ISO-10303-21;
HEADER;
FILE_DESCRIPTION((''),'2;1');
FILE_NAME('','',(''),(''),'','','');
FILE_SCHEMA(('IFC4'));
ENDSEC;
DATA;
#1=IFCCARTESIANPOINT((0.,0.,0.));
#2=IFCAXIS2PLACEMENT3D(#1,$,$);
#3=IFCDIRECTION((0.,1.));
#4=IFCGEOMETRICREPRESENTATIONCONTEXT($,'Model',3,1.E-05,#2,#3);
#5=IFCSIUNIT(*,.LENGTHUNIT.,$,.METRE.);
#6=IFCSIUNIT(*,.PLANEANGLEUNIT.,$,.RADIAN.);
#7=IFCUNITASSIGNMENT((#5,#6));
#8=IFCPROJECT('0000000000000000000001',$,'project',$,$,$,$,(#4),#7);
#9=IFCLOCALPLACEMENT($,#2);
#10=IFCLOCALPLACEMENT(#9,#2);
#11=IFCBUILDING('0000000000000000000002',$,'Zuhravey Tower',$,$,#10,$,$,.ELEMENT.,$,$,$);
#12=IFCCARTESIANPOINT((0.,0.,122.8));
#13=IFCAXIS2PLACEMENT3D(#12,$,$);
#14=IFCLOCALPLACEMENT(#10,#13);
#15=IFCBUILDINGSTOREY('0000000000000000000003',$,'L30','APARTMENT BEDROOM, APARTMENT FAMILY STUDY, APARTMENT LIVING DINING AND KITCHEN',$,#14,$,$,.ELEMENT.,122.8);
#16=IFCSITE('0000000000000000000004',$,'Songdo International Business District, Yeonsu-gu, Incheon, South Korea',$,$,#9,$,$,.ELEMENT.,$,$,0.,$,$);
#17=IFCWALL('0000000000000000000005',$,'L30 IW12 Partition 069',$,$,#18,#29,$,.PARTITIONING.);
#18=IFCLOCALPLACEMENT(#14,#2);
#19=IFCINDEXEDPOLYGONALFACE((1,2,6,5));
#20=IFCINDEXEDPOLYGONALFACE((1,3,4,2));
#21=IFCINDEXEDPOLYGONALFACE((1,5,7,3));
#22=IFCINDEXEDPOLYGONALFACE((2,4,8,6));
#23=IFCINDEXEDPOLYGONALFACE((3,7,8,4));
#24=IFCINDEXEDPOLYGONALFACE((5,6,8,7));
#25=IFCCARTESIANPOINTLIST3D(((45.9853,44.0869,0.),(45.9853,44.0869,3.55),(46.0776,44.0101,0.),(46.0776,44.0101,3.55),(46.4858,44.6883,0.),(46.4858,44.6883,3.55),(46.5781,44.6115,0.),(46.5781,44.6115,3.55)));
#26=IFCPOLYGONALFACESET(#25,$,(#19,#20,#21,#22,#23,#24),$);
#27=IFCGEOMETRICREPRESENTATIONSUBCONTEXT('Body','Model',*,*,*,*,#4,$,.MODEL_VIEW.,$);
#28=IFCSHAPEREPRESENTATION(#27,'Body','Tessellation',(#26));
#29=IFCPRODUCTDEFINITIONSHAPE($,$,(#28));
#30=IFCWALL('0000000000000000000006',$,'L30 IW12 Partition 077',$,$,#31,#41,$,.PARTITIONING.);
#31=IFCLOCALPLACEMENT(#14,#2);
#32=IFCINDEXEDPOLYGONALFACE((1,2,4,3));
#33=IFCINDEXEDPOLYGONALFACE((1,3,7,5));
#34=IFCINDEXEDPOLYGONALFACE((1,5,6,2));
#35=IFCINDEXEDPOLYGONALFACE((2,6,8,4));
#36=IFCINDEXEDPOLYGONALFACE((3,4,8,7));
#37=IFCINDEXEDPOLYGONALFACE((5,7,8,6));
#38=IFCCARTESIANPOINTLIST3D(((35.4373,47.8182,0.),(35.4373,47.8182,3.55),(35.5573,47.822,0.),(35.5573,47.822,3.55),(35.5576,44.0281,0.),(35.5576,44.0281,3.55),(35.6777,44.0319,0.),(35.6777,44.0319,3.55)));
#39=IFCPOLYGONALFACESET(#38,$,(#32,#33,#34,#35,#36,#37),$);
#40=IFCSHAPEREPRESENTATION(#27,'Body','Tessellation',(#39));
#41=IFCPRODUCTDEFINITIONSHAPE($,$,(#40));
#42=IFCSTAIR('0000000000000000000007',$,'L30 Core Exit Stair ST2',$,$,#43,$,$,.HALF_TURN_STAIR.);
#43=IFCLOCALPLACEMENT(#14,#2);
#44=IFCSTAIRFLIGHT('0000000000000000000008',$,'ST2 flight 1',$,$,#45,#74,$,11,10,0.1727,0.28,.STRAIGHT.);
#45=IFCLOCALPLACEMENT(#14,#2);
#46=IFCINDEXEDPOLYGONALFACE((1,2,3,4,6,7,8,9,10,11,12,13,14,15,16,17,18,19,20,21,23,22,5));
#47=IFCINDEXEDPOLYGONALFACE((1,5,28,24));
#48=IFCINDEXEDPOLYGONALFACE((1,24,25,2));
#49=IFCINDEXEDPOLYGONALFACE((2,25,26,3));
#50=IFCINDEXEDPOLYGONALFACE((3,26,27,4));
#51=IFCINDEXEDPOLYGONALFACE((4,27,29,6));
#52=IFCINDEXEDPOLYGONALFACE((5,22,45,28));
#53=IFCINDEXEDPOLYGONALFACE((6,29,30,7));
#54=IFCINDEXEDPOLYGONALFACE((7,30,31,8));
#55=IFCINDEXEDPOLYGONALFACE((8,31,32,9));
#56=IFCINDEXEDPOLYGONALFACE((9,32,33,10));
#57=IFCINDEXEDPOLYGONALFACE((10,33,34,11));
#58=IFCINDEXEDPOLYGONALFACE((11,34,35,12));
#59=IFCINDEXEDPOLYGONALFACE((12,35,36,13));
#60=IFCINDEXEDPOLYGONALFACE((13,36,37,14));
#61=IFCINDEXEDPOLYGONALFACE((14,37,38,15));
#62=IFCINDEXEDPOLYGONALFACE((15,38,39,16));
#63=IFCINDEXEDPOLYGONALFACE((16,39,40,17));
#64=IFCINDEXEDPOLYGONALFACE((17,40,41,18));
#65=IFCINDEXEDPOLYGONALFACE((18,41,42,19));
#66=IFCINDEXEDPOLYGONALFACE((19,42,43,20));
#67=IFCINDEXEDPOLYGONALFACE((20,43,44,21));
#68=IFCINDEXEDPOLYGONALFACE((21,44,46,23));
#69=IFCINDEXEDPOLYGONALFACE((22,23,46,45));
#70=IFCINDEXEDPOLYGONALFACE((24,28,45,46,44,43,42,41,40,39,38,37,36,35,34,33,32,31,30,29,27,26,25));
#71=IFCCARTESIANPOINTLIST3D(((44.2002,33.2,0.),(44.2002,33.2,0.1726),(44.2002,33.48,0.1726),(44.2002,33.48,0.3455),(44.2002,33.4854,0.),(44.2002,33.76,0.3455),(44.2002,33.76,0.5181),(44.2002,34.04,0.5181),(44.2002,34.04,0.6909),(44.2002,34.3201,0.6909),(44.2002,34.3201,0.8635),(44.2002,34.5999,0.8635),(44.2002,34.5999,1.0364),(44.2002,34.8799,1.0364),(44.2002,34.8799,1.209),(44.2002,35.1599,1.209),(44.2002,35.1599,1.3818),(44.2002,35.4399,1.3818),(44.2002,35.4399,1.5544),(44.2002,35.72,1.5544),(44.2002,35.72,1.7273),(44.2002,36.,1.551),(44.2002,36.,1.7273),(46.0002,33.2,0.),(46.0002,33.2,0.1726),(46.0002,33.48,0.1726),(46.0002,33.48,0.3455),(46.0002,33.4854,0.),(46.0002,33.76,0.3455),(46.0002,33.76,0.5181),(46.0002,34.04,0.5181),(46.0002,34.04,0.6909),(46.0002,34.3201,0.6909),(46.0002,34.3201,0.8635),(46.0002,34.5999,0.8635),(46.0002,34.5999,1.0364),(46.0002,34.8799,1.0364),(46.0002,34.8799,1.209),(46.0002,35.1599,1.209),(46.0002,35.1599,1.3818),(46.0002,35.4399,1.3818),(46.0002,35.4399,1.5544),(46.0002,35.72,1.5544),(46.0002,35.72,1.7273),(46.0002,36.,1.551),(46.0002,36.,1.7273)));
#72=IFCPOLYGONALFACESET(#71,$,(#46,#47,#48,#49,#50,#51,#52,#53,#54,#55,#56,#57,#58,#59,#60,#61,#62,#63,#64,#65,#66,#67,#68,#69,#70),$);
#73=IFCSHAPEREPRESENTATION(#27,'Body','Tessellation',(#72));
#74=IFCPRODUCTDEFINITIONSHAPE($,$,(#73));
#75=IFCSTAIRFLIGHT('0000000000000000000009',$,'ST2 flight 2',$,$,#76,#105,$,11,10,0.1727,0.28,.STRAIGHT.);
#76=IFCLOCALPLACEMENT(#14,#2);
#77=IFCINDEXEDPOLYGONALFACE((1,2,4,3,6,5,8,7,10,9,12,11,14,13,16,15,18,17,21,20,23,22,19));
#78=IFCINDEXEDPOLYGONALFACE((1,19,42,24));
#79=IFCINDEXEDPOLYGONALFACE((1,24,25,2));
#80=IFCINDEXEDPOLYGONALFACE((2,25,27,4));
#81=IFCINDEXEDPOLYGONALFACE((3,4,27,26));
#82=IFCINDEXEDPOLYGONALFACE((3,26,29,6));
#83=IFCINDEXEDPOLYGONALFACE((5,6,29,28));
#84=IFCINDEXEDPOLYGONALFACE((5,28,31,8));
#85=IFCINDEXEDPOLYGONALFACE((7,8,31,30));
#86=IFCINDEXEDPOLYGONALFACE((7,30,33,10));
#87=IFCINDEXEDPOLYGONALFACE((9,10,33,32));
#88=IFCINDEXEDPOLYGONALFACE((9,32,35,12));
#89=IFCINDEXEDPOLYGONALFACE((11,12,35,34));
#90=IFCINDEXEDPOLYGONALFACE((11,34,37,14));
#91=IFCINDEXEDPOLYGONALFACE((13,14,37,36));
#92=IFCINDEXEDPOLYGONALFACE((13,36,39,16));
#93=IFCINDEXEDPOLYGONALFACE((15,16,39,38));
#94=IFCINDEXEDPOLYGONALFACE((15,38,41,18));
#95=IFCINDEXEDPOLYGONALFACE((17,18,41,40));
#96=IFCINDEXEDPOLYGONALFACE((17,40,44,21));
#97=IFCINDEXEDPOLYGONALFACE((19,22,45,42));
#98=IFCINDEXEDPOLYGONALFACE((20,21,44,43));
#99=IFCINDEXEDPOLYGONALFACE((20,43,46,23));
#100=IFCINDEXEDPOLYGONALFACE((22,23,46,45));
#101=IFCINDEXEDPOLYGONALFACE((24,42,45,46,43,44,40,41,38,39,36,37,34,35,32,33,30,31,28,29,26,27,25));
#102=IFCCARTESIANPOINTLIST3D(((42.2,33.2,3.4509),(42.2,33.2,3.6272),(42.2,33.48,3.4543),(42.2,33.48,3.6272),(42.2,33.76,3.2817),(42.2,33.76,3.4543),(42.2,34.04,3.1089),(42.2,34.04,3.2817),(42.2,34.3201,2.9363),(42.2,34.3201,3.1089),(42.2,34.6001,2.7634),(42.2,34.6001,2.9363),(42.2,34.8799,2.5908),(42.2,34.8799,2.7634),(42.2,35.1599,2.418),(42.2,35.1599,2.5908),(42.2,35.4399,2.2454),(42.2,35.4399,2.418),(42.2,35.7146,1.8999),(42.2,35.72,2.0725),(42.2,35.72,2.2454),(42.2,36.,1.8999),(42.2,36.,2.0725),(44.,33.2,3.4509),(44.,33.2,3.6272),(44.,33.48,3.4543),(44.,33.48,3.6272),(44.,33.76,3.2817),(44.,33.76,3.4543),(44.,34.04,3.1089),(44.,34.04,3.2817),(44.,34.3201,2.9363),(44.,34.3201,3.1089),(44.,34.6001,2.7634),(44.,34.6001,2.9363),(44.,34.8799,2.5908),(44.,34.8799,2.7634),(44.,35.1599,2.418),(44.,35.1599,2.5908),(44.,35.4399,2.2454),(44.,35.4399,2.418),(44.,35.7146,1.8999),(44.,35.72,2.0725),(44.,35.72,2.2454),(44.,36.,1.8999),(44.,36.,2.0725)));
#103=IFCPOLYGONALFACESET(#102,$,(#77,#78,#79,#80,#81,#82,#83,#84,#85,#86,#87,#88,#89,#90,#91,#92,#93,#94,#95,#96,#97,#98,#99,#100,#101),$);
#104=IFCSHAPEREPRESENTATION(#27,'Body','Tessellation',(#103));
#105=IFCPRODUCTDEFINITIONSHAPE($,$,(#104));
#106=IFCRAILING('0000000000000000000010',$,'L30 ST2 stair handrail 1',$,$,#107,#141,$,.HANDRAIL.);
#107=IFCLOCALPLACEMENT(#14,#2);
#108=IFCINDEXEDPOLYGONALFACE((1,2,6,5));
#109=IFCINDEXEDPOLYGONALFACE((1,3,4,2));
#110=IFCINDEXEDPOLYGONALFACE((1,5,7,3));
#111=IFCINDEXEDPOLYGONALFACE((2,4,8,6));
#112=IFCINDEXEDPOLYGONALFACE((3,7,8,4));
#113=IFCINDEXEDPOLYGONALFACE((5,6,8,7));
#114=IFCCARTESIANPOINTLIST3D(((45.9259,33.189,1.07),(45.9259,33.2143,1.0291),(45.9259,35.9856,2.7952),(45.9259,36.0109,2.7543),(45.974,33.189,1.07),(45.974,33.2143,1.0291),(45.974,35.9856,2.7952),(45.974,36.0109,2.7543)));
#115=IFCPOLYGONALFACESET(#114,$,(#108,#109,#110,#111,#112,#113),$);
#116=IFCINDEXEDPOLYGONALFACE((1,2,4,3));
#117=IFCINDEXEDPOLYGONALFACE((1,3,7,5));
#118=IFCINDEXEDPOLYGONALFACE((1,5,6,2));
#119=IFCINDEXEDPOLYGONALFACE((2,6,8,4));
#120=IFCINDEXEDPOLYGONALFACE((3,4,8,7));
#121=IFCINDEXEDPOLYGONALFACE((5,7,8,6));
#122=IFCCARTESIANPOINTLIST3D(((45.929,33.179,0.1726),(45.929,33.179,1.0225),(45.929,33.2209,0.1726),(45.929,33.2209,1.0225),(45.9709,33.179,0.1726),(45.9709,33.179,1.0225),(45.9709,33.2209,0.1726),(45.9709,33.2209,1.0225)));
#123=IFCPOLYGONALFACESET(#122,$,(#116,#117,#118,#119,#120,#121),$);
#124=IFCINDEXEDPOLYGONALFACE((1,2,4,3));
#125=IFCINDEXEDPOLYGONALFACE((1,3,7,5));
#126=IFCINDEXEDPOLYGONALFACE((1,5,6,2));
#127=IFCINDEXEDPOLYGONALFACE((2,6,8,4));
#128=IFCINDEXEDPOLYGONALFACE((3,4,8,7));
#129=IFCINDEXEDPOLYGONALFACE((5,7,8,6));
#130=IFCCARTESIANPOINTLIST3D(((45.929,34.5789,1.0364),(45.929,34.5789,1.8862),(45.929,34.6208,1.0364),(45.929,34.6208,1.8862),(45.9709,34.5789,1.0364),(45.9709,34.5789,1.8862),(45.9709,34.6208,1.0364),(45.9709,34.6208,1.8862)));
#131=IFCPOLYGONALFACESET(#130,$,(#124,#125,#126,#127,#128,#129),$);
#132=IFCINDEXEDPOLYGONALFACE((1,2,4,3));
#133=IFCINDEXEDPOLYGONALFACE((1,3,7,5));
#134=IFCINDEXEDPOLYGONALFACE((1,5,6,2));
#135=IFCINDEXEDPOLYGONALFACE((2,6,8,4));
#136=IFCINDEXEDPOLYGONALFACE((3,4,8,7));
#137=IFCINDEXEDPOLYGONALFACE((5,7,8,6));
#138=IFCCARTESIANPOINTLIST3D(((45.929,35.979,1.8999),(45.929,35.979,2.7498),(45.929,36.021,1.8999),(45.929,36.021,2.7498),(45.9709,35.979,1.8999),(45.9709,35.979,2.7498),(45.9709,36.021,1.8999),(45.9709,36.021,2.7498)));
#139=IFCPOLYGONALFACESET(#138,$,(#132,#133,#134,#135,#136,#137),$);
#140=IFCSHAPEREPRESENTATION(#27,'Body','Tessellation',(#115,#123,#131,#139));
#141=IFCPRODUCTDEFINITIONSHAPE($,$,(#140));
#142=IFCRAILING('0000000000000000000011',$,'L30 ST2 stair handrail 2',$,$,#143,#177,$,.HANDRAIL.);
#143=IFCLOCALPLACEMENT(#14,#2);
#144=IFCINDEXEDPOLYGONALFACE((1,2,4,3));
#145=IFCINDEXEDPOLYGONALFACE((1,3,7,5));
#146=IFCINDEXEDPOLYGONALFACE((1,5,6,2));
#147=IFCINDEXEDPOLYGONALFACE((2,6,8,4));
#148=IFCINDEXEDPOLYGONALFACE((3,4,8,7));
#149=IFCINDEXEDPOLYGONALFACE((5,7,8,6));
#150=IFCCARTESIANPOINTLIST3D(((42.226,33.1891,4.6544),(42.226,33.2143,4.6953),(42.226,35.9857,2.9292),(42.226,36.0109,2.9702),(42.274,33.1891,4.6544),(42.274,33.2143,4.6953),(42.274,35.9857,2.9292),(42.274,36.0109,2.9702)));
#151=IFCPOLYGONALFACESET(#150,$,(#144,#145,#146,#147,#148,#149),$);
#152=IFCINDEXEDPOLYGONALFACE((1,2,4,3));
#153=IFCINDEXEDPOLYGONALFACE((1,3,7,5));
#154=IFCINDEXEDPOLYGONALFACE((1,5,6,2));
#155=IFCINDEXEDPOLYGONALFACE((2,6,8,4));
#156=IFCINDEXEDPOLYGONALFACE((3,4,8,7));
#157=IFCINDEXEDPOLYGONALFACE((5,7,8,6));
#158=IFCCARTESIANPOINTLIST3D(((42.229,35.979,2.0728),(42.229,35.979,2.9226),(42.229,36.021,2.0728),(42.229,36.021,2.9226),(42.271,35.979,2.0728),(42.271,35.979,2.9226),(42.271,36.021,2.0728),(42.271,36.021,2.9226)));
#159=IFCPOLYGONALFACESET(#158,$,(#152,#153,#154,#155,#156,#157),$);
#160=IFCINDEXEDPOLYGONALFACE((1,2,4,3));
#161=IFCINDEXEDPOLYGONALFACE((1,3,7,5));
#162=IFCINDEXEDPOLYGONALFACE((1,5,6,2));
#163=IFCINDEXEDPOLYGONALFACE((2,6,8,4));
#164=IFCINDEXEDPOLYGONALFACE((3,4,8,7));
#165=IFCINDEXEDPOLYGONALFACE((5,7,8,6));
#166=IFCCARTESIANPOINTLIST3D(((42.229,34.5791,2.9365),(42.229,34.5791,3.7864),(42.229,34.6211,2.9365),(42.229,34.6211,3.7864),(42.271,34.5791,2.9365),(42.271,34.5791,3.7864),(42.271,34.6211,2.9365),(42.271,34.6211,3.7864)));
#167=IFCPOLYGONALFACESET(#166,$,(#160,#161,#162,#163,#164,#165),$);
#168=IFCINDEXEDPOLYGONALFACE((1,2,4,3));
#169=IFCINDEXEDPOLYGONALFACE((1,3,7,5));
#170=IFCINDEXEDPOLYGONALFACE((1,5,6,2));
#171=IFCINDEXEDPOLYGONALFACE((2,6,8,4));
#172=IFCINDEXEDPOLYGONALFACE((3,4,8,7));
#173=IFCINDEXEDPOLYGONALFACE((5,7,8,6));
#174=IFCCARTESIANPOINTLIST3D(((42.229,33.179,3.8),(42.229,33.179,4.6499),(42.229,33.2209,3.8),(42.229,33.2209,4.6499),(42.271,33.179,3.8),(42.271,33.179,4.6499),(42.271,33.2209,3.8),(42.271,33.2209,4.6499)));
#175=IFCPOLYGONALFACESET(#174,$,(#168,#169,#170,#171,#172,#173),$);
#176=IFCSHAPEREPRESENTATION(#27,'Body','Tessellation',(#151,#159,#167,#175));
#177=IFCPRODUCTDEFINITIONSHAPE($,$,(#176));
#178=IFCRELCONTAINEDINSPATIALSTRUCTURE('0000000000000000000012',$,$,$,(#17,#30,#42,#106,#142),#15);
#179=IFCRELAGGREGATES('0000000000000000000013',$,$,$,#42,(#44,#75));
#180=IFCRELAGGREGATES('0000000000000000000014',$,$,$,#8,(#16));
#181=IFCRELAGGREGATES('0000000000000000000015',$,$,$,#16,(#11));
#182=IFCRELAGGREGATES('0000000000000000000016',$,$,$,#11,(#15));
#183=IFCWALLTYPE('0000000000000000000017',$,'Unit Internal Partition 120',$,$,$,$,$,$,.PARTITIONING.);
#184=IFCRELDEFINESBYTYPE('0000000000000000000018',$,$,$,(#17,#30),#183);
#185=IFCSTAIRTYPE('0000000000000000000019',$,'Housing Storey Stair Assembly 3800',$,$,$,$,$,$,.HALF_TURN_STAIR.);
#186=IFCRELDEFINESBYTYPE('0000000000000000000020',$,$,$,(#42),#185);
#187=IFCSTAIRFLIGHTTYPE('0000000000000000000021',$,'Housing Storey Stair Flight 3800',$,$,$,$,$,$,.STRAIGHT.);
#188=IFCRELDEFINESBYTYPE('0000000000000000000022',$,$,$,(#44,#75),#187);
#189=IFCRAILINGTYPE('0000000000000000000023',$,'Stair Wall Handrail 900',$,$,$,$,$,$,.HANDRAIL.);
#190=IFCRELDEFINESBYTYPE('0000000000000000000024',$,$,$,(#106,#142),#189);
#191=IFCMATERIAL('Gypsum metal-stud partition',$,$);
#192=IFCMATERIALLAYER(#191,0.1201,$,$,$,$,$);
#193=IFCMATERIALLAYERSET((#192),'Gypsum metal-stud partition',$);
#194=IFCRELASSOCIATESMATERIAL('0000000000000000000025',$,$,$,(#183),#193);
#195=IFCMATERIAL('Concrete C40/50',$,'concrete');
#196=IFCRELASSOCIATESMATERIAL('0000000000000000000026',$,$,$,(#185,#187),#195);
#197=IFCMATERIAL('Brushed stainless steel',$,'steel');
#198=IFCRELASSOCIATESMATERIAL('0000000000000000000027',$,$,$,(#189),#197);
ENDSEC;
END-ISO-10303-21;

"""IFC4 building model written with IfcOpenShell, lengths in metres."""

from ifc_helpers import new_model, si_unit, direction, frame, frame_2d, origin, origin_2d, place, context, subcontext, project, spatial, polyline, rectangle, outline, extrude, material, layer, layer_set, type_object, element, aggregate, save


model = new_model("IFC4")

# Units and contexts
model_context = context("Model", 3, precision=1e-05, world=origin(), true_north=direction((0.0, 1.0)))
body_context = subcontext(model_context, "Body", "Model", "MODEL_VIEW")
ifc_project = project(units=[si_unit("LENGTHUNIT", "METRE"), si_unit("PLANEANGLEUNIT", "RADIAN")], contexts=[model_context])

# Site, building, storey
site_placement = place(None, origin())
site = spatial("IfcSite", under=ifc_project, at=site_placement, Name="Songdo International Business District, Yeonsu-gu, Incheon, South Korea", CompositionType="ELEMENT", RefElevation=0.0)
building_placement = place(site_placement, origin())
building = spatial("IfcBuilding", under=site, at=building_placement, Name="Zuhravey Tower", CompositionType="ELEMENT")
storey_placement = place(building_placement, frame((0.0, 0.0, 122.8)))
storey = spatial("IfcBuildingStorey", under=building, at=storey_placement, Name="L30", Description="APARTMENT BEDROOM, APARTMENT FAMILY STUDY, APARTMENT LIVING DINING AND KITCHEN", CompositionType="ELEMENT", Elevation=122.8)

# Walls
ifc_material_1 = material(Name="Gypsum metal-stud partition")
ifc_layer_1 = layer(ifc_material_1, 0.1201)
ifc_layer_set_1 = layer_set([ifc_layer_1], Name="Gypsum metal-stud partition")
wall_type_1 = type_object("IfcWallType", Name="Unit Internal Partition 120", PredefinedType="PARTITIONING", material=ifc_layer_set_1)
wall_1_placement = place(storey_placement, frame((46.0315, 44.0486, 0.0), z_axis=(0.0, 0.0, 1.0), x_axis=(0.639724, 0.768605, 0.0)))
element("IfcWall", 1, at=wall_1_placement, inside=storey, type_object=wall_type_1, Name="L30 IW12 Partition 069", PredefinedType="PARTITIONING", context=body_context, shape_type="SweptSolid", body=[
    extrude(rectangle(XDim=0.7825, YDim=0.1201, at=frame_2d((0.3911, 0.0))), origin(), (0.0, 0.0, 1.0), 3.55),
])
wall_2_placement = place(storey_placement, frame((35.6177, 44.03, 0.0), z_axis=(0.0, 0.0, 1.0), x_axis=(-0.031741, 0.999496, 0.0)))
element("IfcWall", 2, at=wall_2_placement, inside=storey, type_object=wall_type_1, Name="L30 IW12 Partition 077", PredefinedType="PARTITIONING", context=body_context, shape_type="SweptSolid", body=[
    extrude(rectangle(XDim=3.792, YDim=0.1201, at=frame_2d((1.896, 0.0))), origin(), (0.0, 0.0, 1.0), 3.55),
])

# Stair, stair flights
ifc_material_2 = material(Name="Concrete C40/50", Category="concrete")
stair_type = type_object("IfcStairType", Name="Housing Storey Stair Assembly 3800", PredefinedType="HALF_TURN_STAIR", material=ifc_material_2)
stair_placement = place(storey_placement, origin())
stair = element("IfcStair", 3, at=stair_placement, inside=storey, type_object=stair_type, Name="L30 Core Exit Stair ST2", PredefinedType="HALF_TURN_STAIR")
stair_flight_type = type_object("IfcStairFlightType", Name="Housing Storey Stair Flight 3800", PredefinedType="STRAIGHT", material=ifc_material_2)
stair_flight_1_placement = place(storey_placement, frame((45.1001, 33.2, 0.0), z_axis=(0.0, 0.0, 1.0), x_axis=(0.0, 1.0, 0.0)))
stair_flight_1 = element("IfcStairFlight", 4, at=stair_flight_1_placement, type_object=stair_flight_type, Name="ST2 flight 1", NumberOfRisers=11, NumberOfTreads=10, PredefinedType="STRAIGHT", RiserHeight=0.1727, TreadLength=0.28, context=body_context, shape_type="SweptSolid", body=[
    extrude(outline(polyline([(0.0, 0.0), (0.0, 0.1726), (0.28, 0.1726), (0.28, 0.3455), (0.5601, 0.3455), (0.5601, 0.5181), (0.8401, 0.5181), (0.8401, 0.6909), (1.1201, 0.6909), (1.1201, 0.8635), (1.3999, 0.8635), (1.3999, 1.0364), (1.6799, 1.0364), (1.6799, 1.209), (1.96, 1.209), (1.96, 1.3818), (2.24, 1.3818), (2.24, 1.5544), (2.52, 1.5544), (2.52, 1.7273), (2.8, 1.7273), (2.8, 1.8999), (2.8, 1.551), (0.2854, 0.0), (0.0, 0.0)])), frame((0.0, 0.8999, 0.0), z_axis=(0.0, -1.0, 0.0), x_axis=(1.0, 0.0, 0.0)), (0.0, 0.0, 1.0), 1.8),
])
stair_flight_2_placement = place(storey_placement, frame((43.1001, 36.0, 1.8999), z_axis=(0.0, 0.0, 1.0), x_axis=(0.0, -1.0, 0.0)))
stair_flight_2 = element("IfcStairFlight", 5, at=stair_flight_2_placement, type_object=stair_flight_type, Name="ST2 flight 2", NumberOfRisers=11, NumberOfTreads=10, PredefinedType="STRAIGHT", RiserHeight=0.1727, TreadLength=0.28, context=body_context, shape_type="SweptSolid", body=[
    extrude(outline(polyline([(0.0, 0.0), (0.0, 0.1726), (0.28, 0.1726), (0.28, 0.3455), (0.5601, 0.3455), (0.5601, 0.5181), (0.8401, 0.5181), (0.8401, 0.6909), (1.1201, 0.6909), (1.1201, 0.8635), (1.3999, 0.8635), (1.3999, 1.0364), (1.6799, 1.0364), (1.6799, 1.209), (1.96, 1.209), (1.96, 1.3818), (2.24, 1.3818), (2.24, 1.5544), (2.52, 1.5544), (2.52, 1.7273), (2.8, 1.7273), (2.8, 1.8999), (2.8, 1.551), (0.2854, 0.0), (0.0, 0.0)])), frame((0.0, 0.8999, 0.0), z_axis=(0.0, -1.0, 0.0), x_axis=(1.0, 0.0, 0.0)), (0.0, 0.0, 1.0), 1.8),
])
aggregate(stair, [stair_flight_1, stair_flight_2])

# Railings
ifc_material_3 = material(Name="Brushed stainless steel", Category="steel")
railing_type_1 = type_object("IfcRailingType", Name="Stair Wall Handrail 900", PredefinedType="HANDRAIL", material=ifc_material_3)
railing_1_placement = place(storey_placement, frame((45.95, 33.2, 0.1726)))
element("IfcRailing", 6, at=railing_1_placement, inside=storey, type_object=railing_type_1, Name="L30 ST2 stair handrail 1", PredefinedType="HANDRAIL", context=body_context, shape_type="SweptSolid", body=[
    extrude(rectangle(XDim=0.0481, YDim=0.0481, at=origin_2d()), frame((0.0, 0.0017, 0.877), z_axis=(0.0, 0.85109, 0.52502), x_axis=(-1.0, 0.0, 0.0)), (0.0, 0.0, 1.0), 3.2859),
    extrude(rectangle(XDim=0.042, YDim=0.042, at=origin_2d()), origin(), (0.0, 0.0, 1.0), 0.8499),
    extrude(rectangle(XDim=0.042, YDim=0.042, at=origin_2d()), frame((0.0, 1.3999, 0.8638)), (0.0, 0.0, 1.0), 0.8499),
    extrude(rectangle(XDim=0.042, YDim=0.042, at=origin_2d()), frame((0.0, 2.8, 1.7273)), (0.0, 0.0, 1.0), 0.8499),
])
railing_2_placement = place(storey_placement, frame((42.25, 36.0, 2.0728)))
element("IfcRailing", 7, at=railing_2_placement, inside=storey, type_object=railing_type_1, Name="L30 ST2 stair handrail 2", PredefinedType="HANDRAIL", context=body_context, shape_type="SweptSolid", body=[
    extrude(rectangle(XDim=0.0481, YDim=0.0481, at=origin_2d()), frame((0.0, -0.0017, 0.877), z_axis=(0.0, -0.85109, 0.52502), x_axis=(1.0, 0.0, 0.0)), (0.0, 0.0, 1.0), 3.2859),
    extrude(rectangle(XDim=0.042, YDim=0.042, at=origin_2d()), origin(), (0.0, 0.0, 1.0), 0.8499),
    extrude(rectangle(XDim=0.042, YDim=0.042, at=origin_2d()), frame((0.0, -1.3999, 0.8638)), (0.0, 0.0, 1.0), 0.8499),
    extrude(rectangle(XDim=0.042, YDim=0.042, at=origin_2d()), frame((0.0, -2.8, 1.7273)), (0.0, 0.0, 1.0), 0.8499),
])

save(model, "model.ifc")
